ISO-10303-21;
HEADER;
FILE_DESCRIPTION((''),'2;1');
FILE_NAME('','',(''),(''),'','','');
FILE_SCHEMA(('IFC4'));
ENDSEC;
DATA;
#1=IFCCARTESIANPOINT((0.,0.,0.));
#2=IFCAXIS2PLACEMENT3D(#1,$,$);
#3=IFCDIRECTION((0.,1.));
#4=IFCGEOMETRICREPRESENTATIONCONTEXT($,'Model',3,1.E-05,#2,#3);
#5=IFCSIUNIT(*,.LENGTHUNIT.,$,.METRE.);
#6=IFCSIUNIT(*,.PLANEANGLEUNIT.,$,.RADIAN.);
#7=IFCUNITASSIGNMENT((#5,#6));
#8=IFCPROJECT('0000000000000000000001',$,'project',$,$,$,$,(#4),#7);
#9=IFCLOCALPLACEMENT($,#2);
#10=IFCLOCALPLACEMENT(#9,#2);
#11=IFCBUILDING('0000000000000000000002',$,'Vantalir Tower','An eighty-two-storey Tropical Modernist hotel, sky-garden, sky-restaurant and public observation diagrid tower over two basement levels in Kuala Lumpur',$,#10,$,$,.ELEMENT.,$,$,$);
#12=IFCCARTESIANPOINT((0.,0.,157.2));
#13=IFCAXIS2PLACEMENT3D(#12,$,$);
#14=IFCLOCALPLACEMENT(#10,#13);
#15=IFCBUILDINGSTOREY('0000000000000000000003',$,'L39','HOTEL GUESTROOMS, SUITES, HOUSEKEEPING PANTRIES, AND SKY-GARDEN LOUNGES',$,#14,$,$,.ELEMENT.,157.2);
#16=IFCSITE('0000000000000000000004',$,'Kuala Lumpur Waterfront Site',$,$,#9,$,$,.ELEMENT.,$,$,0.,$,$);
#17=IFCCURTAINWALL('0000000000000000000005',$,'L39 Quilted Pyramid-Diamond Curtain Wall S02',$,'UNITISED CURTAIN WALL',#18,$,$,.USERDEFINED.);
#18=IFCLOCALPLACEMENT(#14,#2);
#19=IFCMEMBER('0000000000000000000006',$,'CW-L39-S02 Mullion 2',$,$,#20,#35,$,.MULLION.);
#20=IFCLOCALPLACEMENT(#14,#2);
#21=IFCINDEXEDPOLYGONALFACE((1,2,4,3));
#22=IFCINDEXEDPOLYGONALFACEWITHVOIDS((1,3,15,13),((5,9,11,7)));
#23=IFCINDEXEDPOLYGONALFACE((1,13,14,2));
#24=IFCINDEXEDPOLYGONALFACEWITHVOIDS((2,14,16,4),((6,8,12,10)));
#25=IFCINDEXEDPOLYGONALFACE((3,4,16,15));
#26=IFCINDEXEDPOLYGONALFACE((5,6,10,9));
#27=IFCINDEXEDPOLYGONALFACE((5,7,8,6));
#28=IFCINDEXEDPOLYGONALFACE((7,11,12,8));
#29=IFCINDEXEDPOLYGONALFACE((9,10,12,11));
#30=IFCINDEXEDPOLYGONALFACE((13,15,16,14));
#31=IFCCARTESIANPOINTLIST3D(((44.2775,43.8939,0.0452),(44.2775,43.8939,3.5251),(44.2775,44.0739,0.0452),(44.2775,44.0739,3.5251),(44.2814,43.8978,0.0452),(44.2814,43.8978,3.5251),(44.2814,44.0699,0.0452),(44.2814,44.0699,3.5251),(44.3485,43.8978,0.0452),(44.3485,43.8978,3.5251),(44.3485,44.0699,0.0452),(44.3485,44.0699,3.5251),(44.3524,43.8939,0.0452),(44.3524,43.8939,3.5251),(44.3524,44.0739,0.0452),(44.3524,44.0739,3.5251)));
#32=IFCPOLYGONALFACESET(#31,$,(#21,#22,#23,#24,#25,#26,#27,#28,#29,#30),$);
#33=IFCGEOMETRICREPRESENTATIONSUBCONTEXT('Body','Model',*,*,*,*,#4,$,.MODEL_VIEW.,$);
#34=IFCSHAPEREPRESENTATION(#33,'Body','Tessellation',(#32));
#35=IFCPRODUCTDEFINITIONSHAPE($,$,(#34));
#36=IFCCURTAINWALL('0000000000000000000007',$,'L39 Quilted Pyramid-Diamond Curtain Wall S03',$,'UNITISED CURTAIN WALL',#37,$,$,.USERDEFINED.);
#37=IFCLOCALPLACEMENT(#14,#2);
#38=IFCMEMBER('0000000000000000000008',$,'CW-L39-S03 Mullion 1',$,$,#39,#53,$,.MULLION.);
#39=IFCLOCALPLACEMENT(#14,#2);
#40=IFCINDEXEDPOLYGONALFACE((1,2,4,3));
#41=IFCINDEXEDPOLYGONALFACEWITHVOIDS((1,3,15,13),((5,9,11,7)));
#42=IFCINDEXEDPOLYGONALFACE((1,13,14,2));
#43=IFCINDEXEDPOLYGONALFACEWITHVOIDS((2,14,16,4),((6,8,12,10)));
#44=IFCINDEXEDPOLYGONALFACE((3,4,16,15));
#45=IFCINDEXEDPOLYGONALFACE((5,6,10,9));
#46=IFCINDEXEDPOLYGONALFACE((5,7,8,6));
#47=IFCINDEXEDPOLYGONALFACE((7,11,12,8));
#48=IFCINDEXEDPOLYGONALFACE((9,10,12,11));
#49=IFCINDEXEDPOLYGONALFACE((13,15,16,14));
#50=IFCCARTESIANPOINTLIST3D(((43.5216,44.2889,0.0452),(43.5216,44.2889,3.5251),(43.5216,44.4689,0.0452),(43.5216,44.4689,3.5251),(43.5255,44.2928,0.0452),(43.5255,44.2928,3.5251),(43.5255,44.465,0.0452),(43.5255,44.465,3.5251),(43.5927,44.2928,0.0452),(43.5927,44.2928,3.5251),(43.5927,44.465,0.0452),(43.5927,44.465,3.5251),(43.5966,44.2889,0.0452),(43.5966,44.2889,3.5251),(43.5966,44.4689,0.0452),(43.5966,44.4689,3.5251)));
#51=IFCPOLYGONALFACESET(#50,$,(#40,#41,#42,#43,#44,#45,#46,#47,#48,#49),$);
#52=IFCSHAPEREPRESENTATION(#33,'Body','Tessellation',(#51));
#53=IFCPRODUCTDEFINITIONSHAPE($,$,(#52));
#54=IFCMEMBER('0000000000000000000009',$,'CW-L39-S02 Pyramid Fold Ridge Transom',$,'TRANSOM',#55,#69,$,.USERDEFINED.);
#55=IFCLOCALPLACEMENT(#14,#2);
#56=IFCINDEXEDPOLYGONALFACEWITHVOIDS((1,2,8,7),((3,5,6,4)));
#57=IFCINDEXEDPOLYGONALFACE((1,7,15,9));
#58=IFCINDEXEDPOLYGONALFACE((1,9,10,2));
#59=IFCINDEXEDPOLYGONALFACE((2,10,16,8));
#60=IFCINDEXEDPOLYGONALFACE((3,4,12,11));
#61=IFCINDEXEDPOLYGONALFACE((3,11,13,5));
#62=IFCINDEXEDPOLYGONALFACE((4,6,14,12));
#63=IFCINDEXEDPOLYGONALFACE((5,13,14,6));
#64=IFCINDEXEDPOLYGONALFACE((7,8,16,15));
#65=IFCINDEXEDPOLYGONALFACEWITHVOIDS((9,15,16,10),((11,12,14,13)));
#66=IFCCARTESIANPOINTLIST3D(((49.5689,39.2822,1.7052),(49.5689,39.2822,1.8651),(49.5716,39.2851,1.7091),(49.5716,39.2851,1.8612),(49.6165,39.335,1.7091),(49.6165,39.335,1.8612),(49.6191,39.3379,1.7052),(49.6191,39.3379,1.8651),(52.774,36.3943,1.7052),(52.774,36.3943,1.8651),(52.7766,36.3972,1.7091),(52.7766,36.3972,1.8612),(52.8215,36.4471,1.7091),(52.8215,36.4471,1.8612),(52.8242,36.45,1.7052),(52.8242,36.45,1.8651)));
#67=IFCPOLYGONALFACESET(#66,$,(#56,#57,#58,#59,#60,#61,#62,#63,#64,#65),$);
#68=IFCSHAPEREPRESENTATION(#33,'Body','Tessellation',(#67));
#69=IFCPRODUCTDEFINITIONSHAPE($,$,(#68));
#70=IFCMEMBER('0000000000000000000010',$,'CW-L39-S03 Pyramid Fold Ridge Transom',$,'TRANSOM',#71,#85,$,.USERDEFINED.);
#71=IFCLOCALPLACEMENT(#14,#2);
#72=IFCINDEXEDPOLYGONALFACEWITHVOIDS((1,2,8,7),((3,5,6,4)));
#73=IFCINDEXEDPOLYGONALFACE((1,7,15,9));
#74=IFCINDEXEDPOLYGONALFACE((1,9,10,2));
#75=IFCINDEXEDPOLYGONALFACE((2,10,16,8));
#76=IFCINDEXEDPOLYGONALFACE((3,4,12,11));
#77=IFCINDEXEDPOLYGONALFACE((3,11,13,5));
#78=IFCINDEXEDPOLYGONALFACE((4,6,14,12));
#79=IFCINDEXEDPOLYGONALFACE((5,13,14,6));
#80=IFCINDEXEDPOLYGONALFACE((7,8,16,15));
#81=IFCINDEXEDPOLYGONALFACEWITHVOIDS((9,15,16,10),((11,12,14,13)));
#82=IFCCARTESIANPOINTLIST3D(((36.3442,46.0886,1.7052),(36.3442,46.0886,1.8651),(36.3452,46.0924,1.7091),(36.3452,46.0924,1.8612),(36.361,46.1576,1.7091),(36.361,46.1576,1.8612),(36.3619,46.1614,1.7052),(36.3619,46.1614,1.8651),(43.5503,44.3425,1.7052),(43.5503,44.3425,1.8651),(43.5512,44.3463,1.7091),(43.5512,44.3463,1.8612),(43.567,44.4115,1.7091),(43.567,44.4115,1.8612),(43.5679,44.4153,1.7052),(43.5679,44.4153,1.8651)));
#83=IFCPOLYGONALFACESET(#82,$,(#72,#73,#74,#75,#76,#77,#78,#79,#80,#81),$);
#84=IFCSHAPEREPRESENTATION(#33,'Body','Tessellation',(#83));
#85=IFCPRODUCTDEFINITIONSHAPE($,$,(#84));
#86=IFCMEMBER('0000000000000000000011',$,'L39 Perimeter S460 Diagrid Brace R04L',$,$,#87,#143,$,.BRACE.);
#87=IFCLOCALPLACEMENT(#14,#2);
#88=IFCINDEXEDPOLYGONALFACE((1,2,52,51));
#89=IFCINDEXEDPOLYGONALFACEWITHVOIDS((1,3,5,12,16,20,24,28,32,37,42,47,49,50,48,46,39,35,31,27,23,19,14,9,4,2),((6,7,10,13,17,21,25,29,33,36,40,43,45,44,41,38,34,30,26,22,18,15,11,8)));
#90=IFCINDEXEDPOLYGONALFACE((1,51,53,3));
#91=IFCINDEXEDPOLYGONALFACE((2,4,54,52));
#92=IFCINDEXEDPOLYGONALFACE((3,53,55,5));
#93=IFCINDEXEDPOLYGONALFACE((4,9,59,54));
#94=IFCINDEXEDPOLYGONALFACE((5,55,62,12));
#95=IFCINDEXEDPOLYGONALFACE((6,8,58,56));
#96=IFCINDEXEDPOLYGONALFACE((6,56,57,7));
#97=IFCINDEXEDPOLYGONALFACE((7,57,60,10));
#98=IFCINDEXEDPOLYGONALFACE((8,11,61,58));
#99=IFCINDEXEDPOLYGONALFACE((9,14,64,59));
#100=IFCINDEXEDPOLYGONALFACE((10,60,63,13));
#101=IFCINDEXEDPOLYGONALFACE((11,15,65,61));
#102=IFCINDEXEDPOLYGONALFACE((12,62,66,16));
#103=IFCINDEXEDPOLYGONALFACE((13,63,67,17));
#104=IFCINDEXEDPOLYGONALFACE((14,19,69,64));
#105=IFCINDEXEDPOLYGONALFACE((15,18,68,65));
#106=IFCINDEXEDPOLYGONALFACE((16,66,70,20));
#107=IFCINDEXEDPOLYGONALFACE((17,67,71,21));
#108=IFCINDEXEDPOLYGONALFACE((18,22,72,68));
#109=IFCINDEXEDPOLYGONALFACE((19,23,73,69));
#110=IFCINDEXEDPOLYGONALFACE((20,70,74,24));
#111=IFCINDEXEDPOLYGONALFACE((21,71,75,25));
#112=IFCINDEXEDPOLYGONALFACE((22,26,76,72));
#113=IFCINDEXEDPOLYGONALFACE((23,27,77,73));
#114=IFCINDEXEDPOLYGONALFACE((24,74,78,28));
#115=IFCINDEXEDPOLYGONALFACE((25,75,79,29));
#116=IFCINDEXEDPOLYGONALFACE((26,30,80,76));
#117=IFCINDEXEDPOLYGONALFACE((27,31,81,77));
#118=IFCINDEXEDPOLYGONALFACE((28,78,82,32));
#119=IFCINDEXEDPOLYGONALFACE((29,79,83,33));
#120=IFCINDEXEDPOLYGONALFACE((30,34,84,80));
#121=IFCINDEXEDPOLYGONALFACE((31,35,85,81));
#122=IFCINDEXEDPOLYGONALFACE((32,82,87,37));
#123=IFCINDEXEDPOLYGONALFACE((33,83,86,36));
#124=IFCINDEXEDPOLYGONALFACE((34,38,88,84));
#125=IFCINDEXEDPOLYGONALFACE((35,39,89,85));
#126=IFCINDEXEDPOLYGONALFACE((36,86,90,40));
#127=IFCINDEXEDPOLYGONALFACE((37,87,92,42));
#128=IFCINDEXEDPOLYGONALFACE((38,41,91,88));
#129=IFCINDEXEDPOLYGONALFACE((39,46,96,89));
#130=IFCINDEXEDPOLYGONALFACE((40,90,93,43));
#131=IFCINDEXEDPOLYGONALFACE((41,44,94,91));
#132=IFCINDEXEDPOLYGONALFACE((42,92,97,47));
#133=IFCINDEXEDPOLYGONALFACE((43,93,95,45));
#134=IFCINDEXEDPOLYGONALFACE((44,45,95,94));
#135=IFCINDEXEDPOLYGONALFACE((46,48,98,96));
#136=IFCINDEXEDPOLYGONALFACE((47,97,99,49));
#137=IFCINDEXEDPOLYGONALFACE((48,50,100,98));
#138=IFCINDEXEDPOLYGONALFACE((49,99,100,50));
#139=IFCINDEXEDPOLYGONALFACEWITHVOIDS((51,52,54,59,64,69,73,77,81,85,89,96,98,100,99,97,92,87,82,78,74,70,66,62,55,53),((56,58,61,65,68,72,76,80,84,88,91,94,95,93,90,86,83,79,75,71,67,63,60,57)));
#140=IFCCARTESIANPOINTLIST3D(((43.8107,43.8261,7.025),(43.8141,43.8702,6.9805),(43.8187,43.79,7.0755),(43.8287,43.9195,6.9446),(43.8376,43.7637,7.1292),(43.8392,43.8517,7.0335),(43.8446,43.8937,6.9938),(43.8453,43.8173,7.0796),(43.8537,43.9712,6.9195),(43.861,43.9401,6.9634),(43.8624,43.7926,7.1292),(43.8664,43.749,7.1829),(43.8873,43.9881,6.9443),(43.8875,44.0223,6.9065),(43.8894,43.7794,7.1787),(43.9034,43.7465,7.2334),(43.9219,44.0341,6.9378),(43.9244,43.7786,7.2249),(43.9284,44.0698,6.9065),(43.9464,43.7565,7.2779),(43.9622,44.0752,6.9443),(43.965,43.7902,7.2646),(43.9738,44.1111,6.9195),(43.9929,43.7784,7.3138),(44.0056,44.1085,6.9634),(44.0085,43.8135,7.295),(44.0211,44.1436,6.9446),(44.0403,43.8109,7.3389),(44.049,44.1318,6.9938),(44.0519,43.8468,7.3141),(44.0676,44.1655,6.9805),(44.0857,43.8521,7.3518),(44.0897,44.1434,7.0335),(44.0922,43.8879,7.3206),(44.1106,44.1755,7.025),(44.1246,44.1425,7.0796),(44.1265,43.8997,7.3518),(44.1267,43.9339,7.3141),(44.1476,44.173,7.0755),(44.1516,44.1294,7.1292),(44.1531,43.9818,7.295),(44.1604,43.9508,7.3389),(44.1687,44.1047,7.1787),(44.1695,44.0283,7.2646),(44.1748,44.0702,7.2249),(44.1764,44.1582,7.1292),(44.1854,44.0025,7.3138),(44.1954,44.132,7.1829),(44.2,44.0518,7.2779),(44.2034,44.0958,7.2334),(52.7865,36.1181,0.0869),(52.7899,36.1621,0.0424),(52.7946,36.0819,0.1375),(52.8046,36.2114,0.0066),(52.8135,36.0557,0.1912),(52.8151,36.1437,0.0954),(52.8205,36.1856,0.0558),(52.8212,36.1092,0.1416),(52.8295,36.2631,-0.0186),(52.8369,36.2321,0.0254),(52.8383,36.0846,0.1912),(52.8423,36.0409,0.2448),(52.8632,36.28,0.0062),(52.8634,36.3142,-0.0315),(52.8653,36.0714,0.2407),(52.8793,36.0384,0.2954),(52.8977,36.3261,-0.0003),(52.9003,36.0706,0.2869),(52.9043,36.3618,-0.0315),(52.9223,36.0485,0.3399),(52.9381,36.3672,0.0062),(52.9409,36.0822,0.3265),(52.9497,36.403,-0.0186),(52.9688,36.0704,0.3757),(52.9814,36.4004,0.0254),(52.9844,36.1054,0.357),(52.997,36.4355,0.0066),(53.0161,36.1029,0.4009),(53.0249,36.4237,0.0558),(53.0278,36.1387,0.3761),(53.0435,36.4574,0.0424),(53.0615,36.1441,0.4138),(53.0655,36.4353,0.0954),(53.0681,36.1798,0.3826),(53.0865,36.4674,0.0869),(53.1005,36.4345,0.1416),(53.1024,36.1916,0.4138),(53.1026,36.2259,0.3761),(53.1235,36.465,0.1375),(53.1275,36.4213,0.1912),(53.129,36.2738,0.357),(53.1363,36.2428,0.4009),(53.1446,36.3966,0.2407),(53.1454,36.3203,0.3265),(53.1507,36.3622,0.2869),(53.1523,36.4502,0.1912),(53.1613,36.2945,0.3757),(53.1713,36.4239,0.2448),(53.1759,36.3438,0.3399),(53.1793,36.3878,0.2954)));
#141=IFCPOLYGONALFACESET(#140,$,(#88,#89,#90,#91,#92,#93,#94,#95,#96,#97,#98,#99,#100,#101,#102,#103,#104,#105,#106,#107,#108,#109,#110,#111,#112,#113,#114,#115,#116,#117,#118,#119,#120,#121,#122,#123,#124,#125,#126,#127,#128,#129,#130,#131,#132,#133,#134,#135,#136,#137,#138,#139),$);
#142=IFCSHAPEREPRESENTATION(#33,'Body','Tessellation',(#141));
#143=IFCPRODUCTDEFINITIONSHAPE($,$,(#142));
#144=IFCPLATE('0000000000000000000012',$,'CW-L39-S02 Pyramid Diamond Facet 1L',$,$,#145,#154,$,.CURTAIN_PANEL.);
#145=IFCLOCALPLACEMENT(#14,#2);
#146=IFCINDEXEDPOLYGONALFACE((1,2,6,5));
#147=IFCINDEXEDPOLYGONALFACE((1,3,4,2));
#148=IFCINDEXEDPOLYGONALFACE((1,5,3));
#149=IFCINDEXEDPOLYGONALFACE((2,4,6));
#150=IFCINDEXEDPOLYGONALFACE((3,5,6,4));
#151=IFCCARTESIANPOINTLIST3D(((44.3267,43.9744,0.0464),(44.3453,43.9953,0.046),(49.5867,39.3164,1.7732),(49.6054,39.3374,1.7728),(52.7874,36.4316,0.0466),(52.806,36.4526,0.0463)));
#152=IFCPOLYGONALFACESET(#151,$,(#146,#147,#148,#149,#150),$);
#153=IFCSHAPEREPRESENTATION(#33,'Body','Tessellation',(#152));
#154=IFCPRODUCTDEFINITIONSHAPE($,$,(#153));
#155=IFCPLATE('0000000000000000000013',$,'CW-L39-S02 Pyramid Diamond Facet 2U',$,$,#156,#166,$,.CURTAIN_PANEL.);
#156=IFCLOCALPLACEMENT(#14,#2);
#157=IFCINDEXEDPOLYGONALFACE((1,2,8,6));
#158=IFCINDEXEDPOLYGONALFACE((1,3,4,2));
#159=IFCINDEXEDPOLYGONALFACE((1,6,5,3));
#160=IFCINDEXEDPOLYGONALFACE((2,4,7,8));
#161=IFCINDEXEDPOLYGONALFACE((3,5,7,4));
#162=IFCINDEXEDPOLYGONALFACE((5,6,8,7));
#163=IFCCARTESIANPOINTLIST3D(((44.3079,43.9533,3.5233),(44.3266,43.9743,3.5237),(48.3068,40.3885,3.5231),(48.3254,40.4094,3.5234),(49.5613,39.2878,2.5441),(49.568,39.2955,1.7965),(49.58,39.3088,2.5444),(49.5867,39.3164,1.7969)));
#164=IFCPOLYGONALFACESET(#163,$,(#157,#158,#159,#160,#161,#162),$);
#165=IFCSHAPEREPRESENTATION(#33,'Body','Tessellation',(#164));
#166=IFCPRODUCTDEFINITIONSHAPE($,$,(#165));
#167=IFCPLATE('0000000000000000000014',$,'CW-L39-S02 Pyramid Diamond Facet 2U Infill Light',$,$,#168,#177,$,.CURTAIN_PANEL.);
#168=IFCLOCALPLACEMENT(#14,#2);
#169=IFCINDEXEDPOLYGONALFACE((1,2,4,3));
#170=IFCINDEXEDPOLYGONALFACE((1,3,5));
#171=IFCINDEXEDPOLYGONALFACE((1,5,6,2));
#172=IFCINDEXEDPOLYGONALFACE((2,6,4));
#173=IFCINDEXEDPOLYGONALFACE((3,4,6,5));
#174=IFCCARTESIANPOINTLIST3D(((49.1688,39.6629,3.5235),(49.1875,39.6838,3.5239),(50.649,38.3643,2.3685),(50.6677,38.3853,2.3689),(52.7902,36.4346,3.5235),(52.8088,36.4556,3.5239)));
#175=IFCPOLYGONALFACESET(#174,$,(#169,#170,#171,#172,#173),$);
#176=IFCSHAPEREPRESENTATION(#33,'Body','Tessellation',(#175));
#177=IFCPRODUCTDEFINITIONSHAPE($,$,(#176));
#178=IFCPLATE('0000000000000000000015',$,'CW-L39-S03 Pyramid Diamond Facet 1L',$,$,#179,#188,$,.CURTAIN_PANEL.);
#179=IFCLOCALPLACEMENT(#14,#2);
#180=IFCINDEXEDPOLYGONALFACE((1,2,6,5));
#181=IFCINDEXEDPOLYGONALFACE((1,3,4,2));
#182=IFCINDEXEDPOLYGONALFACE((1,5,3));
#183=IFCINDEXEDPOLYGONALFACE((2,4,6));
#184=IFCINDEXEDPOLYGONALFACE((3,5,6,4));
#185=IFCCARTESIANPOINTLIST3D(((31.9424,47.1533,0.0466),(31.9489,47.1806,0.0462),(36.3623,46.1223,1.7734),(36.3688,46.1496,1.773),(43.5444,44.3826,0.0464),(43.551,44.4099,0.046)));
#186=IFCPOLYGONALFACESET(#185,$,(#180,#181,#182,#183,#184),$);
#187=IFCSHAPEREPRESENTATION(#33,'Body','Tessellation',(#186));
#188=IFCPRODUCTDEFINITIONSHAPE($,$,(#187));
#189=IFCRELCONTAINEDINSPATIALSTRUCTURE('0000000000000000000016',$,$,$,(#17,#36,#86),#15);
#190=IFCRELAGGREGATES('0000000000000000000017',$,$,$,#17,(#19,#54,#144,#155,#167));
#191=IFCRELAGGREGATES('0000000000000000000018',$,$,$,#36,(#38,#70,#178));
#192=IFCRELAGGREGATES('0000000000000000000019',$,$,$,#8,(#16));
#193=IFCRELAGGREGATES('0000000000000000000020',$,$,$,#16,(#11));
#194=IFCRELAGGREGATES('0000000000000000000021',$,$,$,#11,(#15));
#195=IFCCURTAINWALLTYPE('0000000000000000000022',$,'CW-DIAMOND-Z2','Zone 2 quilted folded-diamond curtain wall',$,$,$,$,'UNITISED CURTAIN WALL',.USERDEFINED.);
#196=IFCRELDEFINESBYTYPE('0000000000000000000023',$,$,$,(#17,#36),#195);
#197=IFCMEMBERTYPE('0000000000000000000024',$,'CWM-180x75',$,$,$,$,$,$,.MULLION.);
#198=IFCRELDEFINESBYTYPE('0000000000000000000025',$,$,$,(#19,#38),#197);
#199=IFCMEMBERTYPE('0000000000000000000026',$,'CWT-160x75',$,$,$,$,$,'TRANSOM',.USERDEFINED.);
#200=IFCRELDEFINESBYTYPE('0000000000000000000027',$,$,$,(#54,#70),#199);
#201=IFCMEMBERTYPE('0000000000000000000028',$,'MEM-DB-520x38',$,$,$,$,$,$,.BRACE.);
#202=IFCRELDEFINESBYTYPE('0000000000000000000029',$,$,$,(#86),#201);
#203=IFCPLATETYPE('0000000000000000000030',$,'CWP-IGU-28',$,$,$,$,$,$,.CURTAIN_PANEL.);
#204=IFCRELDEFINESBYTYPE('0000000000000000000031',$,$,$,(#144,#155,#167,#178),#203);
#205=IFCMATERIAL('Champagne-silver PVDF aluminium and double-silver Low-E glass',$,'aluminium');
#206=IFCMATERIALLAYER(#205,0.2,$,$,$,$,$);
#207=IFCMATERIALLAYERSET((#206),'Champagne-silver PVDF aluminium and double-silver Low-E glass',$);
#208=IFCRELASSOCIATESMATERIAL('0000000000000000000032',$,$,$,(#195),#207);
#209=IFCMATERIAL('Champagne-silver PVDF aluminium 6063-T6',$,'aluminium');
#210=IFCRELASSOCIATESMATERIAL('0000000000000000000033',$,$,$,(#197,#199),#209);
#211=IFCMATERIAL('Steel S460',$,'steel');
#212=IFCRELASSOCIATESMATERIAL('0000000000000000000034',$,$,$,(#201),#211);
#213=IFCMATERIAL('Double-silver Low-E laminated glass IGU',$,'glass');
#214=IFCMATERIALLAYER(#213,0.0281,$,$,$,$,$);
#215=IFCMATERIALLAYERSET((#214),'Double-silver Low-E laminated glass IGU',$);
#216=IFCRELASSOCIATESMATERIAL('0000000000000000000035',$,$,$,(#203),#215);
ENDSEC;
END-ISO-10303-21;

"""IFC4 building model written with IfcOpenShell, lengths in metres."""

from ifc_helpers import new_model, si_unit, direction, frame, origin, origin_2d, place, context, subcontext, project, spatial, polyline, hollow_rectangle, hollow_circle, outline, extrude, material, layer, layer_set, material_profile, profile_set, type_object, element, aggregate, save


model = new_model("IFC4")

# Units and contexts
model_context = context("Model", 3, precision=1e-05, world=origin(), true_north=direction((0.0, 1.0)))
body_context = subcontext(model_context, "Body", "Model", "MODEL_VIEW")
ifc_project = project(units=[si_unit("LENGTHUNIT", "METRE"), si_unit("PLANEANGLEUNIT", "RADIAN")], contexts=[model_context])

# Site, building, storey
site_placement = place(None, origin())
site = spatial("IfcSite", under=ifc_project, at=site_placement, Name="Kuala Lumpur Waterfront Site", CompositionType="ELEMENT", RefElevation=0.0)
building_placement = place(site_placement, origin())
building = spatial("IfcBuilding", under=site, at=building_placement, Name="Vantalir Tower", Description="An eighty-two-storey Tropical Modernist hotel, sky-garden, sky-restaurant and public observation diagrid tower over two basement levels in Kuala Lumpur", CompositionType="ELEMENT")
storey_placement = place(building_placement, frame((0.0, 0.0, 157.2)))
storey = spatial("IfcBuildingStorey", under=building, at=storey_placement, Name="L39", Description="HOTEL GUESTROOMS, SUITES, HOUSEKEEPING PANTRIES, AND SKY-GARDEN LOUNGES", CompositionType="ELEMENT", Elevation=157.2)

# Shared definitions
ifc_material_1 = material(Name="Steel S460", Category="steel")

# Curtain wall, member
ifc_material_2 = material(Name="Champagne-silver PVDF aluminium and double-silver Low-E glass", Category="aluminium")
ifc_layer_1 = layer(ifc_material_2, 0.2)
ifc_layer_set_1 = layer_set([ifc_layer_1], Name="Champagne-silver PVDF aluminium and double-silver Low-E glass")
curtain_wall_type = type_object("IfcCurtainWallType", Name="CW-DIAMOND-Z2", Description="Zone 2 quilted folded-diamond curtain wall", ElementType="UNITISED CURTAIN WALL", PredefinedType="USERDEFINED", material=ifc_layer_set_1)
curtain_wall_1_placement = place(storey_placement, origin())
curtain_wall_1 = element("IfcCurtainWall", 1, at=curtain_wall_1_placement, inside=storey, type_object=curtain_wall_type, Name="L39 Quilted Pyramid-Diamond Curtain Wall S02", ObjectType="UNITISED CURTAIN WALL", PredefinedType="USERDEFINED")
ifc_material_3 = material(Name="Champagne-silver PVDF aluminium 6063-T6", Category="aluminium")
ifc_material_profile_1 = material_profile(ifc_material_3, hollow_rectangle(XDim=0.075, YDim=0.1799, WallThickness=0.0039, at=origin_2d()), Name="Champagne-silver PVDF aluminium 6063-T6")
ifc_profile_set_1 = profile_set([ifc_material_profile_1], Name="Champagne-silver PVDF aluminium 6063-T6")
member_type_1 = type_object("IfcMemberType", Name="CWM-180x75", PredefinedType="MULLION", material=ifc_profile_set_1)
member_1_placement = place(storey_placement, frame((44.3149, 43.9839, 0.0452), z_axis=(0.0, 0.0, 1.0), x_axis=(1.0, 0.0, 0.0)))
member_1 = element("IfcMember", 2, at=member_1_placement, type_object=member_type_1, Name="CW-L39-S02 Mullion 2", PredefinedType="MULLION", context=body_context, shape_type="SweptSolid", body=[
    extrude(hollow_rectangle(XDim=0.075, YDim=0.1799, WallThickness=0.0039, at=origin_2d()), origin(), (0.0, 0.0, 1.0), 3.48),
])

# Curtain wall, member
curtain_wall_2_placement = place(storey_placement, origin())
curtain_wall_2 = element("IfcCurtainWall", 3, at=curtain_wall_2_placement, inside=storey, type_object=curtain_wall_type, Name="L39 Quilted Pyramid-Diamond Curtain Wall S03", ObjectType="UNITISED CURTAIN WALL", PredefinedType="USERDEFINED")
member_2_placement = place(storey_placement, frame((43.5591, 44.3789, 0.0452), z_axis=(0.0, 0.0, 1.0), x_axis=(1.0, 0.0, 0.0)))
member_2 = element("IfcMember", 4, at=member_2_placement, type_object=member_type_1, Name="CW-L39-S03 Mullion 1", PredefinedType="MULLION", context=body_context, shape_type="SweptSolid", body=[
    extrude(hollow_rectangle(XDim=0.075, YDim=0.1799, WallThickness=0.0039, at=origin_2d()), origin(), (0.0, 0.0, 1.0), 3.48),
])

# Members
ifc_material_profile_2 = material_profile(ifc_material_3, hollow_rectangle(XDim=0.075, YDim=0.1599, WallThickness=0.0039, at=origin_2d()), Name="Champagne-silver PVDF aluminium 6063-T6")
ifc_profile_set_2 = profile_set([ifc_material_profile_2], Name="Champagne-silver PVDF aluminium 6063-T6")
member_type_2 = type_object("IfcMemberType", Name="CWT-160x75", ElementType="TRANSOM", PredefinedType="USERDEFINED", material=ifc_profile_set_2)
member_3_placement = place(storey_placement, frame((52.7991, 36.4221, 1.7852), z_axis=(-0.742906, 0.669396, 0.0), x_axis=(-0.669396, -0.742906, 0.0)))
member_3 = element("IfcMember", 5, at=member_3_placement, type_object=member_type_2, Name="CW-L39-S02 Pyramid Fold Ridge Transom", ObjectType="TRANSOM", PredefinedType="USERDEFINED", context=body_context, shape_type="SweptSolid", body=[
    extrude(hollow_rectangle(XDim=0.075, YDim=0.1599, WallThickness=0.0039, at=origin_2d()), origin(), (0.0, 0.0, 1.0), 4.3142),
])
member_4_placement = place(storey_placement, frame((43.5591, 44.3789, 1.7852), z_axis=(-0.971876, 0.235494, 0.0), x_axis=(-0.235494, -0.971876, 0.0)))
member_4 = element("IfcMember", 6, at=member_4_placement, type_object=member_type_2, Name="CW-L39-S03 Pyramid Fold Ridge Transom", ObjectType="TRANSOM", PredefinedType="USERDEFINED", context=body_context, shape_type="SweptSolid", body=[
    extrude(hollow_rectangle(XDim=0.075, YDim=0.1599, WallThickness=0.0039, at=origin_2d()), origin(), (0.0, 0.0, 1.0), 7.4146),
])
ifc_material_profile_3 = material_profile(ifc_material_1, hollow_circle(Radius=0.26, WallThickness=0.0381, at=origin_2d()), Name="Steel S460")
ifc_profile_set_3 = profile_set([ifc_material_profile_3], Name="Steel S460")
member_type_3 = type_object("IfcMemberType", Name="MEM-DB-520x38", PredefinedType="BRACE", material=ifc_profile_set_3)
member_5_placement = place(storey_placement, frame((52.9829, 36.2529, 0.1912), z_axis=(-0.65443, 0.561993, 0.505851), x_axis=(-0.651495, -0.758653, 0.0)))
element("IfcMember", 7, at=member_5_placement, inside=storey, type_object=member_type_3, Name="L39 Perimeter S460 Diagrid Brace R04L", PredefinedType="BRACE", context=body_context, shape_type="SweptSolid", body=[
    extrude(hollow_circle(Radius=0.26, WallThickness=0.0381, at=origin_2d()), origin(), (0.0, 0.0, 1.0), 13.7156),
])

# Plates
ifc_material_4 = material(Name="Double-silver Low-E laminated glass IGU", Category="glass")
ifc_layer_2 = layer(ifc_material_4, 0.0281)
ifc_layer_set_2 = layer_set([ifc_layer_2], Name="Double-silver Low-E laminated glass IGU")
plate_type_1 = type_object("IfcPlateType", Name="CWP-IGU-28", PredefinedType="CURTAIN_PANEL", material=ifc_layer_set_2)
plate_1_placement = place(storey_placement, frame((52.7874, 36.4316, 0.0466), z_axis=(-0.665392, -0.746371, 0.013551), x_axis=(-0.74644, 0.665453, -0.000022)))
plate_1 = element("IfcPlate", 8, at=plate_1_placement, type_object=plate_type_1, Name="CW-L39-S02 Pyramid Diamond Facet 1L", PredefinedType="CURTAIN_PANEL", context=body_context, shape_type="SweptSolid", body=[
    extrude(outline(polyline([(0.0, 0.0), (11.3347, 0.0), (4.3088, -1.7268), (0.0, 0.0)])), origin(), (0.0, 0.0, -1.0), 0.0281),
])
plate_2_placement = place(storey_placement, frame((48.3254, 40.4094, 3.5234), z_axis=(0.665381, 0.746381, 0.013548), x_axis=(-0.74645, 0.665442, 0.000045)))
plate_2 = element("IfcPlate", 9, at=plate_2_placement, type_object=plate_type_1, Name="CW-L39-S02 Pyramid Diamond Facet 2U", PredefinedType="CURTAIN_PANEL", context=body_context, shape_type="SweptSolid", body=[
    extrude(outline(polyline([(0.0, 0.0), (5.3571, 0.0), (-1.6689, -1.7266), (-1.6689, -0.979), (0.0, 0.0)])), origin(), (0.0, 0.0, -1.0), 0.0281),
])
plate_3_placement = place(storey_placement, frame((52.8088, 36.4556, 3.5239), z_axis=(0.665373, 0.746388, 0.013554), x_axis=(-0.746456, 0.665435, 0.0)))
plate_3 = element("IfcPlate", 10, at=plate_3_placement, type_object=plate_type_1, Name="CW-L39-S02 Pyramid Diamond Facet 2U Infill Light", PredefinedType="CURTAIN_PANEL", context=body_context, shape_type="SweptSolid", body=[
    extrude(outline(polyline([(0.0, 0.0), (4.8514, 0.0), (2.8823, -1.1551), (0.0, 0.0)])), origin(), (0.0, 0.0, -1.0), 0.0281),
])
aggregate(curtain_wall_1, [member_1, member_3, plate_1, plate_2, plate_3])
plate_4_placement = place(storey_placement, frame((43.5444, 44.3826, 0.0464), z_axis=(-0.232261, -0.972555, 0.013821), x_axis=(-0.972648, 0.232284, 0.00002)))
plate_4 = element("IfcPlate", 11, at=plate_4_placement, type_object=plate_type_1, Name="CW-L39-S03 Pyramid Diamond Facet 1L", PredefinedType="CURTAIN_PANEL", context=body_context, shape_type="SweptSolid", body=[
    extrude(outline(polyline([(0.0, 0.0), (11.9283, 0.0), (7.3898, -1.7271), (0.0, 0.0)])), origin(), (0.0, 0.0, -1.0), 0.0281),
])
aggregate(curtain_wall_2, [member_2, member_4, plate_4])

save(model, "model.ifc")
